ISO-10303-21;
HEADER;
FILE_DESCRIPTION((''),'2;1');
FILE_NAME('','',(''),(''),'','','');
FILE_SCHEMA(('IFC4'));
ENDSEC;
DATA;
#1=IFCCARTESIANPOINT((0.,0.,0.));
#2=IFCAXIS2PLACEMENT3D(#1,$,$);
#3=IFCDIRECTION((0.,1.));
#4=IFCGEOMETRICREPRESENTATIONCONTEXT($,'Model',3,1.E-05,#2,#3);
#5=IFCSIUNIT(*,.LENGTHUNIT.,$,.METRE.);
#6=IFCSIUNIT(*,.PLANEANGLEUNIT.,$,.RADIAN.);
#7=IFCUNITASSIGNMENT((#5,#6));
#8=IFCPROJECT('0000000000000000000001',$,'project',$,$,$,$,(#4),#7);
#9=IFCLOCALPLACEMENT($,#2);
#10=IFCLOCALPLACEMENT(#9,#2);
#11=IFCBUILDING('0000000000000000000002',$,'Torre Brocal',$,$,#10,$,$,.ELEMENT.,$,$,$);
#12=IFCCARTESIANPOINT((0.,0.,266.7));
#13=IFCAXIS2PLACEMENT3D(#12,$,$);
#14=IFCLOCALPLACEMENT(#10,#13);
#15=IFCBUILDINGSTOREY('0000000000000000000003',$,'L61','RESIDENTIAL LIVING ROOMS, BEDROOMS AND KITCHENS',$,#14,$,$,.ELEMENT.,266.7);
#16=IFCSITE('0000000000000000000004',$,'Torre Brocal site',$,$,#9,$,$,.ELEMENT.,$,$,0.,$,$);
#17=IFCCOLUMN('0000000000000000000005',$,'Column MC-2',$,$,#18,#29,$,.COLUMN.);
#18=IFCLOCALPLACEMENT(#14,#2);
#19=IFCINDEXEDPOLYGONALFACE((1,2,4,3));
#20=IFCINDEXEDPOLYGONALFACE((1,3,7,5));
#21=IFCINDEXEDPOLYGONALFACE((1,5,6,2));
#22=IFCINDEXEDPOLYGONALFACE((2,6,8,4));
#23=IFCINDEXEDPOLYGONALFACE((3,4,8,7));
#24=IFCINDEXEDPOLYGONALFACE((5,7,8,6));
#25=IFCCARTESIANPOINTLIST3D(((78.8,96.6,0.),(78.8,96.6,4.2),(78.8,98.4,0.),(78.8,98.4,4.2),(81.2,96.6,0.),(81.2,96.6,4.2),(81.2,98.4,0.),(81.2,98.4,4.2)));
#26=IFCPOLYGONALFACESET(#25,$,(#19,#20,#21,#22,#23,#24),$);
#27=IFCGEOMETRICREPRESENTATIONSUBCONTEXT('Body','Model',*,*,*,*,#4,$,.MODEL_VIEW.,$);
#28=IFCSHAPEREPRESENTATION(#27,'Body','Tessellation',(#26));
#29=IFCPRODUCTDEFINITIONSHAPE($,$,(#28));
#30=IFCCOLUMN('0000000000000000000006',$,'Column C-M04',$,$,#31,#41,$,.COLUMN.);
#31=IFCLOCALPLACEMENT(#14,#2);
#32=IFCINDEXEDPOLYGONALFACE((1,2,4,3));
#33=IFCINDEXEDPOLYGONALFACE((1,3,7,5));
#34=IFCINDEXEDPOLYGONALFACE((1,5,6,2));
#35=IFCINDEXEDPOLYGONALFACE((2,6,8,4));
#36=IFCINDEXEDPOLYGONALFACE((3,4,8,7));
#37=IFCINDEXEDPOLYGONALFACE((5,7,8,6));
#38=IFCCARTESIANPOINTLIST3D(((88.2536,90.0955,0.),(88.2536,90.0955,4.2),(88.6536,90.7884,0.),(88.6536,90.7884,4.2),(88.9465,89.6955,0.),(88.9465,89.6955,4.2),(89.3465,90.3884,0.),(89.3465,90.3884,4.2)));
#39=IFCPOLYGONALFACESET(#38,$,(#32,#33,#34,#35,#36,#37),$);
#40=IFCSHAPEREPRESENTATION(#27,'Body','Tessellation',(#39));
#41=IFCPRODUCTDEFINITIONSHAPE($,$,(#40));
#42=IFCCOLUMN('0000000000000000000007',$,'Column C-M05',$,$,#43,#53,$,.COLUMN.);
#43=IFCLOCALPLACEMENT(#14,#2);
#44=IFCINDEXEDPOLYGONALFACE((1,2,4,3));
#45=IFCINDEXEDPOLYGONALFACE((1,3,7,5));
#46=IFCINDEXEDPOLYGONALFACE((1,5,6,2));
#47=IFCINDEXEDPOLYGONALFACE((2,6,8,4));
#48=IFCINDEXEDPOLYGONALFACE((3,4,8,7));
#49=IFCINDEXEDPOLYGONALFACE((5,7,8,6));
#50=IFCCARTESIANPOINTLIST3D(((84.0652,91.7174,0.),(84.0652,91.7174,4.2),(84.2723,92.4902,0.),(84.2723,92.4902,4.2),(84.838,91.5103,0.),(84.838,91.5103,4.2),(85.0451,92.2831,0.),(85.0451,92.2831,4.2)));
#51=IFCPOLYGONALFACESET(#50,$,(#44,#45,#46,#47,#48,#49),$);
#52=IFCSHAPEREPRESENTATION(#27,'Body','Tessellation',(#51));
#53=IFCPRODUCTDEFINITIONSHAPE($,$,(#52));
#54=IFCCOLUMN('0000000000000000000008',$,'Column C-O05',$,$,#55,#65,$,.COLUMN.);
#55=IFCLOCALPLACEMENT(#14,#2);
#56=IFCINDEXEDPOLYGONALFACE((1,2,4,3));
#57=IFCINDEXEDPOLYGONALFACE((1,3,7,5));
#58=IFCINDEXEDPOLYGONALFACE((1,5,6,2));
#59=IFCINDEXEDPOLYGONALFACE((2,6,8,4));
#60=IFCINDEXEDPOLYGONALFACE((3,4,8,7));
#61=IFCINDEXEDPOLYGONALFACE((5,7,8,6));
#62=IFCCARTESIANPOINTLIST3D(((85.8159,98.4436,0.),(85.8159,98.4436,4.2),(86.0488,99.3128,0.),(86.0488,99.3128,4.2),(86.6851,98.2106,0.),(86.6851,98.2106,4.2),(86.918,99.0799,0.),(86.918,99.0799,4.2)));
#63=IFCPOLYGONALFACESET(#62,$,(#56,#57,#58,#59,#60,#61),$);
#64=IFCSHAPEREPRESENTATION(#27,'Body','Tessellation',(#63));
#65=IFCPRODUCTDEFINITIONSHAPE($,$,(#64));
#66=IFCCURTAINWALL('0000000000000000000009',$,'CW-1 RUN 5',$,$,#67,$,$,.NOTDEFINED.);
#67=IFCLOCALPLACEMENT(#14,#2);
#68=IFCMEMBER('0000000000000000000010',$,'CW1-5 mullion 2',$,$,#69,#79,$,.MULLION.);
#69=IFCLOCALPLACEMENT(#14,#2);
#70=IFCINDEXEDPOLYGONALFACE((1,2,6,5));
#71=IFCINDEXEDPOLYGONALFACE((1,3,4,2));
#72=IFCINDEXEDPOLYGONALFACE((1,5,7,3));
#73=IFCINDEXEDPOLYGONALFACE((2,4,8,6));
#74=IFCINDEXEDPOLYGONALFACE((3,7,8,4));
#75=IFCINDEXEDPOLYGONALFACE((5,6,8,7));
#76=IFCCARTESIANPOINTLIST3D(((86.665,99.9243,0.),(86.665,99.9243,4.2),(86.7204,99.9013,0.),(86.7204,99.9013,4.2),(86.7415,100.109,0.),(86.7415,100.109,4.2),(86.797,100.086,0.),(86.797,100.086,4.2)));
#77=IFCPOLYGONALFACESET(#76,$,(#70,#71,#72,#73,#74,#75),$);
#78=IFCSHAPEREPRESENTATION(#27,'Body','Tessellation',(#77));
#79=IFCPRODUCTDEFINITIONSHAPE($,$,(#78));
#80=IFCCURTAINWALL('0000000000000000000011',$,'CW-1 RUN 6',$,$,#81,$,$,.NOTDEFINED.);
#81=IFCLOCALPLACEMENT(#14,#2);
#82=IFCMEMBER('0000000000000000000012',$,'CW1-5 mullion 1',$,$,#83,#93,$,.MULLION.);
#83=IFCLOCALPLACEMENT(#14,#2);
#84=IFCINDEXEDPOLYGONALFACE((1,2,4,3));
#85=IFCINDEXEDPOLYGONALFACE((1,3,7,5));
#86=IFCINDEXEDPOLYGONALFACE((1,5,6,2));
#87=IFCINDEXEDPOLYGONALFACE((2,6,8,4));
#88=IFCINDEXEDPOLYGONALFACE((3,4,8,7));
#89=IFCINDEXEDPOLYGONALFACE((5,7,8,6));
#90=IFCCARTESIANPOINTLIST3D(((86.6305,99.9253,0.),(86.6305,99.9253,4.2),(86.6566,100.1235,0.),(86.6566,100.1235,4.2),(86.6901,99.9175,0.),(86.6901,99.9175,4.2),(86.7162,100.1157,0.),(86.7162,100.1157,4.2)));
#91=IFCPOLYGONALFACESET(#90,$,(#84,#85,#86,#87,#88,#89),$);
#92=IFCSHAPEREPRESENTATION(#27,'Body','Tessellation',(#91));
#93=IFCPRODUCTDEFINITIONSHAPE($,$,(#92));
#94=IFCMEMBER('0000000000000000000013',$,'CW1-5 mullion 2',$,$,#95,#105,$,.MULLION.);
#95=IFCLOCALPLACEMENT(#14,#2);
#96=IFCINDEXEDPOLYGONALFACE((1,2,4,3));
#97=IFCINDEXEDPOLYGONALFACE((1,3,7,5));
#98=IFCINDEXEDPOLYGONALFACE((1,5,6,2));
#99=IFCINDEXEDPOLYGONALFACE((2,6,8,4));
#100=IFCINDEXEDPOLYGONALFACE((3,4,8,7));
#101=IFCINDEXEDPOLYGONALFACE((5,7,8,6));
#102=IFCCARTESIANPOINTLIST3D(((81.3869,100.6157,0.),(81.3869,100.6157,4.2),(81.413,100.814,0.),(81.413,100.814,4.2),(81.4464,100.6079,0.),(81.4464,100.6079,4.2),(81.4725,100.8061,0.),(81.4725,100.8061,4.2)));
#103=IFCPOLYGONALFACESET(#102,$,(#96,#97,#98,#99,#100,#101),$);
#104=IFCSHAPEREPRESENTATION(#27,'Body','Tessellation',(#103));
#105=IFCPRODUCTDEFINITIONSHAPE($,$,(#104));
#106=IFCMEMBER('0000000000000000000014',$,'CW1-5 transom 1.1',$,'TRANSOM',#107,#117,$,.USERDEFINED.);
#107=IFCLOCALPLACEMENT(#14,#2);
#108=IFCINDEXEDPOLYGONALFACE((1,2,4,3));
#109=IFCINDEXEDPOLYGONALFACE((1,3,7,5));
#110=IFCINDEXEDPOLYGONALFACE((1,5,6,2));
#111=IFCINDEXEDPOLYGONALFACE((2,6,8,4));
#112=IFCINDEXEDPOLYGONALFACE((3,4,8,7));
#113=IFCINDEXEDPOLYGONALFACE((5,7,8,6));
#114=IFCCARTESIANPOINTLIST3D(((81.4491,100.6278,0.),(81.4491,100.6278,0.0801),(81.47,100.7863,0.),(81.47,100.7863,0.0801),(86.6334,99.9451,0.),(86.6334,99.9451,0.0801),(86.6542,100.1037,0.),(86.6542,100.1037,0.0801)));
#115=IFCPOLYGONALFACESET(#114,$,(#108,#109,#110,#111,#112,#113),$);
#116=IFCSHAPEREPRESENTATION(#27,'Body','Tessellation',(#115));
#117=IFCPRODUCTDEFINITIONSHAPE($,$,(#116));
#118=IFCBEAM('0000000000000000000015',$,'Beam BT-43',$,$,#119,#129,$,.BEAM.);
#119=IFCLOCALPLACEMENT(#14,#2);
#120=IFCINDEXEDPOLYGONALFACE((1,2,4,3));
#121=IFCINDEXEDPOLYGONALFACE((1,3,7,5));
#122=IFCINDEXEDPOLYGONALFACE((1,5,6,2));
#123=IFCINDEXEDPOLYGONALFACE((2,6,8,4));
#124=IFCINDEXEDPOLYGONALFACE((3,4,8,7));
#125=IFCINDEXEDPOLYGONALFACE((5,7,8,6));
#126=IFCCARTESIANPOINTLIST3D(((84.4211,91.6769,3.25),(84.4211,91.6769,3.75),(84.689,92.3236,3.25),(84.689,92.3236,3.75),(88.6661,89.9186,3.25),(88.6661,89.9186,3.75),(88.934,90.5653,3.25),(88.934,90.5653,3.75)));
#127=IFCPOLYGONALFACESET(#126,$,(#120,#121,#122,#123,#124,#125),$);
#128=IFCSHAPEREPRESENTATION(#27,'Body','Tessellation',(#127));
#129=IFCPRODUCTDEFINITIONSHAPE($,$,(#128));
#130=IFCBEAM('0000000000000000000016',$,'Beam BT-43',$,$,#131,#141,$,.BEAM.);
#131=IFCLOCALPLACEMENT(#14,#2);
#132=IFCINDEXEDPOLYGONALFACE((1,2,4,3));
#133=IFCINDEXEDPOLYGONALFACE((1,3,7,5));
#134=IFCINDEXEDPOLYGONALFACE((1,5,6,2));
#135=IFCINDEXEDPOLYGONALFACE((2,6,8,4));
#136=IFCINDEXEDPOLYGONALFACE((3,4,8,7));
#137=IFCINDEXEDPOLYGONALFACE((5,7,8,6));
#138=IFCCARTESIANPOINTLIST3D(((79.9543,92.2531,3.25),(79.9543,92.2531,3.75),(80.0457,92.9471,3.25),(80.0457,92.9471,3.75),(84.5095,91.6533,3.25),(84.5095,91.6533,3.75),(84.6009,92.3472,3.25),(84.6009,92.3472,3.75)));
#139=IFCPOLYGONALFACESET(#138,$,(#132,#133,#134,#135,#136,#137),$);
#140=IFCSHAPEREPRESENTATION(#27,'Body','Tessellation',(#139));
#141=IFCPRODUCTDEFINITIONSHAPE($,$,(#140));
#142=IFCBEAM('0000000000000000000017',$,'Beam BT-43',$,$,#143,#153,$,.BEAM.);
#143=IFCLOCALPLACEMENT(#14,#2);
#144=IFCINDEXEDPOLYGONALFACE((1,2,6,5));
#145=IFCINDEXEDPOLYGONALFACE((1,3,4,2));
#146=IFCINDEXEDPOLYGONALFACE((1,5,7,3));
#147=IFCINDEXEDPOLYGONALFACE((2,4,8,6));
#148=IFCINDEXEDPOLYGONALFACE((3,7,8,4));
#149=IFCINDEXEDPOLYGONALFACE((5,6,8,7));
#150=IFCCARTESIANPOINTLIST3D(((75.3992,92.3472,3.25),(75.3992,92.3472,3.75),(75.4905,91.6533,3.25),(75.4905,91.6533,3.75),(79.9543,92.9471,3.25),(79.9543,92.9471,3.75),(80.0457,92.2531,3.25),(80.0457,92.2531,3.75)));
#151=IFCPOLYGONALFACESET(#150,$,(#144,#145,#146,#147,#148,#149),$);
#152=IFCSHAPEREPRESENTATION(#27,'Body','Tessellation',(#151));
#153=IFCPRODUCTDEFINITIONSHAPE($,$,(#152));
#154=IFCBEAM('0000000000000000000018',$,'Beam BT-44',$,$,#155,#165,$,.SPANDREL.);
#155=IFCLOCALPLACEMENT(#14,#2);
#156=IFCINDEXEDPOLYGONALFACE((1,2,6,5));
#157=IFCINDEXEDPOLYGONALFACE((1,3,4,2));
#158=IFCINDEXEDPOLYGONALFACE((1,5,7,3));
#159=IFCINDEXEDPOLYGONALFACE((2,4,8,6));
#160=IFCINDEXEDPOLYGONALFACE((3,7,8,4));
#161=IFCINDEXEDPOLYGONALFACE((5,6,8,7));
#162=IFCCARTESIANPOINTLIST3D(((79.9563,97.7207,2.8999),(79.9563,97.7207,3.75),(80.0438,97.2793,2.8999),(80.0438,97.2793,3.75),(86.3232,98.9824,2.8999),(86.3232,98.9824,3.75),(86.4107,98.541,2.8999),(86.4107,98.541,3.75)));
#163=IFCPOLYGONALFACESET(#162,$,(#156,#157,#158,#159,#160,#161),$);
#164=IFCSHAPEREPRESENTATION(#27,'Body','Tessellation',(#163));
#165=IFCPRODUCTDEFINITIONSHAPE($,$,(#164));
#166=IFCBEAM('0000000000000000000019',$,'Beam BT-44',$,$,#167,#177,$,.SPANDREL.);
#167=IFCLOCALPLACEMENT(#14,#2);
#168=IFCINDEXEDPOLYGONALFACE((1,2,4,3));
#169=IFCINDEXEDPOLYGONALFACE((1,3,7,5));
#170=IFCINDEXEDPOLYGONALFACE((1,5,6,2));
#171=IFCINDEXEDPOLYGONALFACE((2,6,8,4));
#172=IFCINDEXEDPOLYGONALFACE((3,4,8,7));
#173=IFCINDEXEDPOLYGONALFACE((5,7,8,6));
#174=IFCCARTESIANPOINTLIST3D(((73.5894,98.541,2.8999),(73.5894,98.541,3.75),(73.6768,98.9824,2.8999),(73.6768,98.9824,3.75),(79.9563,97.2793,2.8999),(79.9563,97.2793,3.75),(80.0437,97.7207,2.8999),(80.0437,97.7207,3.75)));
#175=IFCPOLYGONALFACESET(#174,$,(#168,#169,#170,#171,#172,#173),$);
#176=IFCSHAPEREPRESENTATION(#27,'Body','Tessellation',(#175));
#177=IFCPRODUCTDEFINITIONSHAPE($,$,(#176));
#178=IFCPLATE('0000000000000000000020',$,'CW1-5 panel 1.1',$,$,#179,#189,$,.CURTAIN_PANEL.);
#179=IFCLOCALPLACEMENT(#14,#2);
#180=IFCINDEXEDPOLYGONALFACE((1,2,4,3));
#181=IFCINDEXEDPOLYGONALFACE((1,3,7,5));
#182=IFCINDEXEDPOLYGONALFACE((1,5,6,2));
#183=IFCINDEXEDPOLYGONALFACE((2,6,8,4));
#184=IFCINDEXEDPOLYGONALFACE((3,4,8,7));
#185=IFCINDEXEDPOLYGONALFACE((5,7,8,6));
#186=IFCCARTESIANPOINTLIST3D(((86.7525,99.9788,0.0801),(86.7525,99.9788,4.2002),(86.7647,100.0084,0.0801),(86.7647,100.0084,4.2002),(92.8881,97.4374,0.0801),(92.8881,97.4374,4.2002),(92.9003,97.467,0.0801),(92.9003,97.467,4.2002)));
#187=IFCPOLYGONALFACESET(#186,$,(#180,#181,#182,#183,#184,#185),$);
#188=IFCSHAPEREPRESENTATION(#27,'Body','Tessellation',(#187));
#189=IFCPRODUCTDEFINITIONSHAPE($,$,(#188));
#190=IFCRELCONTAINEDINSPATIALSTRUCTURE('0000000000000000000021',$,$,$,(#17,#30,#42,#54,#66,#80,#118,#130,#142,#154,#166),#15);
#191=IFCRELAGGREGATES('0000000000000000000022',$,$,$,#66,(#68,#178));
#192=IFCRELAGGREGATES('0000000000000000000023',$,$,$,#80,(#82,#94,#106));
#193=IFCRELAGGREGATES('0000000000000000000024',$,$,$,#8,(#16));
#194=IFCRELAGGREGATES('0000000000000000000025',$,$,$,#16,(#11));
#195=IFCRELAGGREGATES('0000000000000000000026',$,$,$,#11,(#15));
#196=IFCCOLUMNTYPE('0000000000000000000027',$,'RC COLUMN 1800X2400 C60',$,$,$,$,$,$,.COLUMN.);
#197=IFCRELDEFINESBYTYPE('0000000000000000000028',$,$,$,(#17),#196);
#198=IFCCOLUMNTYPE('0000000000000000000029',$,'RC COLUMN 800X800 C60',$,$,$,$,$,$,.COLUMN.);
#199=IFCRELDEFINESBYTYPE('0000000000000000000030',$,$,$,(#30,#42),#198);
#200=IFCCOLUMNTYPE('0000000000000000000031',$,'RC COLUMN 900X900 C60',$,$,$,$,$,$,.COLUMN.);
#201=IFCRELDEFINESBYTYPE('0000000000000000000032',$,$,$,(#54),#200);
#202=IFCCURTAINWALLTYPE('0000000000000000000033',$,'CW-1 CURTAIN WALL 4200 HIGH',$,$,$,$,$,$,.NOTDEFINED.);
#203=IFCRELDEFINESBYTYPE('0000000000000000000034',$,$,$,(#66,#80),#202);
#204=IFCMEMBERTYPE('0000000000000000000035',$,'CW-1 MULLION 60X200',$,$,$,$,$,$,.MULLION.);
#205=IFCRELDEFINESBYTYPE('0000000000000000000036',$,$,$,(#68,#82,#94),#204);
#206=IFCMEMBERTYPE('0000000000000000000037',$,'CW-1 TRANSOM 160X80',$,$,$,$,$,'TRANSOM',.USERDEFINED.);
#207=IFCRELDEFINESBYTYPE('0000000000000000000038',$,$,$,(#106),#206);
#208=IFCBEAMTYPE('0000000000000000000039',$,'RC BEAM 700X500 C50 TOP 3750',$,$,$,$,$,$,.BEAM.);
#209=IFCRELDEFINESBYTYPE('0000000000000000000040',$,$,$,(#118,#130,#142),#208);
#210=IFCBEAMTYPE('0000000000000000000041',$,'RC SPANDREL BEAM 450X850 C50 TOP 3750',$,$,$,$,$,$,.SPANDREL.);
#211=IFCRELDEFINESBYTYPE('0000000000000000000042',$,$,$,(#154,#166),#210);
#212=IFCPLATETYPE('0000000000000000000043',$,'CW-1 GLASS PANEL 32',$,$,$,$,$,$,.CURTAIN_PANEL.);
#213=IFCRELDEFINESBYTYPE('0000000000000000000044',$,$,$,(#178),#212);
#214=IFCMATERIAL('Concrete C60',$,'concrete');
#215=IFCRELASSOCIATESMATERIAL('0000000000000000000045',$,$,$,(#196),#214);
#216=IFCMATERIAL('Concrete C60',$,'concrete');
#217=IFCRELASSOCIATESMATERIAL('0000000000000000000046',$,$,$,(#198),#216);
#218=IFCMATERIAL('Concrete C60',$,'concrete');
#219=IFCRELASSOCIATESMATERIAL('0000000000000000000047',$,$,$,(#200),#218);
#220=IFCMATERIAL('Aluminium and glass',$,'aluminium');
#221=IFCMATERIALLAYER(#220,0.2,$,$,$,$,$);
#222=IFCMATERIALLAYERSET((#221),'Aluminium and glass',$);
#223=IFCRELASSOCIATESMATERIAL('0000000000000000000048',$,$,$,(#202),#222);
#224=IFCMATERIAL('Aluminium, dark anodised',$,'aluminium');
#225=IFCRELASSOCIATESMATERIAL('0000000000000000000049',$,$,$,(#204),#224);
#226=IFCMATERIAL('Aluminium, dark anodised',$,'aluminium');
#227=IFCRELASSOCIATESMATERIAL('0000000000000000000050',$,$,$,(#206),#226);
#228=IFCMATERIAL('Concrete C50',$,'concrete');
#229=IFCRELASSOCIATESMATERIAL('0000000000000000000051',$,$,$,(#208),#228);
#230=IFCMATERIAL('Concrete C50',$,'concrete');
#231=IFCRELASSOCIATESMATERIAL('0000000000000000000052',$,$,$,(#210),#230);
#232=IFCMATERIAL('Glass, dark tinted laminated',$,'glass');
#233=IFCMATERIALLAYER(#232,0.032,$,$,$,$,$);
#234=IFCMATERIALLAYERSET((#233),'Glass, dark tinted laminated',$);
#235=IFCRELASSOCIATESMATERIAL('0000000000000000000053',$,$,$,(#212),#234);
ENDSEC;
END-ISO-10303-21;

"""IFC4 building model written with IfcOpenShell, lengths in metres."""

from ifc_helpers import new_model, si_unit, direction, frame, origin, origin_2d, place, context, subcontext, project, spatial, rectangle, extrude, material, layer, layer_set, material_profile, profile_set, type_object, element, aggregate, save


model = new_model("IFC4")

# Units and contexts
model_context = context("Model", 3, precision=1e-05, world=origin(), true_north=direction((0.0, 1.0)))
body_context = subcontext(model_context, "Body", "Model", "MODEL_VIEW")
ifc_project = project(units=[si_unit("LENGTHUNIT", "METRE"), si_unit("PLANEANGLEUNIT", "RADIAN")], contexts=[model_context])

# Site, building, storey
site_placement = place(None, origin())
site = spatial("IfcSite", under=ifc_project, at=site_placement, Name="Torre Brocal site", CompositionType="ELEMENT", RefElevation=0.0)
building_placement = place(site_placement, origin())
building = spatial("IfcBuilding", under=site, at=building_placement, Name="Torre Brocal", CompositionType="ELEMENT")
storey_placement = place(building_placement, frame((0.0, 0.0, 266.7)))
storey = spatial("IfcBuildingStorey", under=building, at=storey_placement, Name="L61", Description="RESIDENTIAL LIVING ROOMS, BEDROOMS AND KITCHENS", CompositionType="ELEMENT", Elevation=266.7)

# Columns
ifc_material_1 = material(Name="Concrete C60", Category="concrete")
ifc_material_profile_1 = material_profile(ifc_material_1, rectangle(XDim=1.8, YDim=2.3999, at=origin_2d()), Name="RC 1800X2400")
ifc_profile_set_1 = profile_set([ifc_material_profile_1], Name="Concrete C60")
column_type_1 = type_object("IfcColumnType", Name="RC COLUMN 1800X2400 C60", PredefinedType="COLUMN", material=ifc_profile_set_1)
column_1_placement = place(storey_placement, frame((80.0, 97.5, 0.0), z_axis=(0.0, 0.0, 1.0), x_axis=(0.0, 1.0, 0.0)))
element("IfcColumn", 1, at=column_1_placement, inside=storey, type_object=column_type_1, Name="Column MC-2", PredefinedType="COLUMN", context=body_context, shape_type="SweptSolid", body=[
    extrude(rectangle(XDim=1.8, YDim=2.3999, at=origin_2d()), origin(), (0.0, 0.0, 1.0), 4.2),
])
ifc_material_2 = material(Name="Concrete C60", Category="concrete")
ifc_material_profile_2 = material_profile(ifc_material_2, rectangle(XDim=0.8, YDim=0.8, at=origin_2d()), Name="RC 800X800")
ifc_profile_set_2 = profile_set([ifc_material_profile_2], Name="Concrete C60")
column_type_2 = type_object("IfcColumnType", Name="RC COLUMN 800X800 C60", PredefinedType="COLUMN", material=ifc_profile_set_2)
for number, where, z_axis, x_axis, name in (
    (2, (88.8, 90.2419, 0.0), (0.0, 0.0, 1.0), (0.5, 0.866025, 0.0), "Column C-M04"),
    (3, (84.5552, 92.0002, 0.0), (0.0, 0.0, 1.0), (0.258819, 0.965926, 0.0), "Column C-M05"),
):
    element("IfcColumn", number, at=place(storey_placement, frame(where, z_axis=z_axis, x_axis=x_axis)), inside=storey, type_object=column_type_2, Name=name, PredefinedType="COLUMN", context=body_context, shape_type="SweptSolid", body=[
        extrude(rectangle(XDim=0.8, YDim=0.8, at=origin_2d()), origin(), (0.0, 0.0, 1.0), 4.2),
    ])
ifc_material_3 = material(Name="Concrete C60", Category="concrete")
ifc_material_profile_3 = material_profile(ifc_material_3, rectangle(XDim=0.8999, YDim=0.8999, at=origin_2d()), Name="RC 900X900")
ifc_profile_set_3 = profile_set([ifc_material_profile_3], Name="Concrete C60")
column_type_3 = type_object("IfcColumnType", Name="RC COLUMN 900X900 C60", PredefinedType="COLUMN", material=ifc_profile_set_3)
column_2_placement = place(storey_placement, frame((86.3669, 98.7617, 0.0), z_axis=(0.0, 0.0, 1.0), x_axis=(0.258819, 0.965926, 0.0)))
element("IfcColumn", 4, at=column_2_placement, inside=storey, type_object=column_type_3, Name="Column C-O05", PredefinedType="COLUMN", context=body_context, shape_type="SweptSolid", body=[
    extrude(rectangle(XDim=0.8999, YDim=0.8999, at=origin_2d()), origin(), (0.0, 0.0, 1.0), 4.2),
])

# Curtain wall, member
ifc_material_4 = material(Name="Aluminium and glass", Category="aluminium")
ifc_layer_1 = layer(ifc_material_4, 0.2)
ifc_layer_set_1 = layer_set([ifc_layer_1], Name="Aluminium and glass")
curtain_wall_type = type_object("IfcCurtainWallType", Name="CW-1 CURTAIN WALL 4200 HIGH", PredefinedType="NOTDEFINED", material=ifc_layer_set_1)
curtain_wall_1_placement = place(storey_placement, origin())
curtain_wall_1 = element("IfcCurtainWall", 5, at=curtain_wall_1_placement, inside=storey, type_object=curtain_wall_type, Name="CW-1 RUN 5", PredefinedType="NOTDEFINED")
ifc_material_5 = material(Name="Aluminium, dark anodised", Category="aluminium")
ifc_material_profile_4 = material_profile(ifc_material_5, rectangle(XDim=0.2, YDim=0.0601, at=origin_2d()), Name="CW-1 MULLION 60X200")
ifc_profile_set_4 = profile_set([ifc_material_profile_4], Name="Aluminium, dark anodised")
member_type_1 = type_object("IfcMemberType", Name="CW-1 MULLION 60X200", PredefinedType="MULLION", material=ifc_profile_set_4)
member_1_placement = place(storey_placement, frame((86.731, 100.0051, 0.0), z_axis=(0.0, 0.0, 1.0), x_axis=(-0.382683, -0.92388, 0.0)))
member_1 = element("IfcMember", 6, at=member_1_placement, type_object=member_type_1, Name="CW1-5 mullion 2", PredefinedType="MULLION", context=body_context, shape_type="SweptSolid", body=[
    extrude(rectangle(XDim=0.2, YDim=0.0601, at=origin_2d()), origin(), (0.0, 0.0, 1.0), 4.2),
])

# Curtain wall, members
curtain_wall_2_placement = place(storey_placement, origin())
curtain_wall_2 = element("IfcCurtainWall", 7, at=curtain_wall_2_placement, inside=storey, type_object=curtain_wall_type, Name="CW-1 RUN 6", PredefinedType="NOTDEFINED")
member_2_placement = place(storey_placement, frame((86.6733, 100.0205, 0.0), z_axis=(0.0, 0.0, 1.0), x_axis=(-0.130526, -0.991445, 0.0)))
member_2 = element("IfcMember", 8, at=member_2_placement, type_object=member_type_1, Name="CW1-5 mullion 1", PredefinedType="MULLION", context=body_context, shape_type="SweptSolid", body=[
    extrude(rectangle(XDim=0.2, YDim=0.0601, at=origin_2d()), origin(), (0.0, 0.0, 1.0), 4.2),
])
member_3_placement = place(storey_placement, frame((81.4297, 100.7109, 0.0), z_axis=(0.0, 0.0, 1.0), x_axis=(-0.130526, -0.991445, 0.0)))
member_3 = element("IfcMember", 9, at=member_3_placement, type_object=member_type_1, Name="CW1-5 mullion 2", PredefinedType="MULLION", context=body_context, shape_type="SweptSolid", body=[
    extrude(rectangle(XDim=0.2, YDim=0.0601, at=origin_2d()), origin(), (0.0, 0.0, 1.0), 4.2),
])
ifc_material_6 = material(Name="Aluminium, dark anodised", Category="aluminium")
ifc_material_profile_5 = material_profile(ifc_material_6, rectangle(XDim=0.1599, YDim=0.0801, at=origin_2d()), Name="CW-1 TRANSOM 160X80")
ifc_profile_set_5 = profile_set([ifc_material_profile_5], Name="Aluminium, dark anodised")
member_type_2 = type_object("IfcMemberType", Name="CW-1 TRANSOM 160X80", ElementType="TRANSOM", PredefinedType="USERDEFINED", material=ifc_profile_set_5)
member_4_placement = place(storey_placement, frame((86.6438, 100.0244, 0.04), z_axis=(-0.991443, 0.130543, 0.0), x_axis=(-0.130543, -0.991443, 0.0)))
member_4 = element("IfcMember", 10, at=member_4_placement, type_object=member_type_2, Name="CW1-5 transom 1.1", ObjectType="TRANSOM", PredefinedType="USERDEFINED", context=body_context, shape_type="SweptSolid", body=[
    extrude(rectangle(XDim=0.1599, YDim=0.0801, at=origin_2d()), origin(), (0.0, 0.0, 1.0), 5.229),
])

# Beams
ifc_material_7 = material(Name="Concrete C50", Category="concrete")
ifc_material_profile_6 = material_profile(ifc_material_7, rectangle(XDim=0.7, YDim=0.5, at=origin_2d()), Name="RC 700X500")
ifc_profile_set_6 = profile_set([ifc_material_profile_6], Name="Concrete C50")
beam_type_1 = type_object("IfcBeamType", Name="RC BEAM 700X500 C50 TOP 3750", PredefinedType="BEAM", material=ifc_profile_set_6)
beam_placement = place(storey_placement, frame((88.8, 90.2419, 3.5), z_axis=(-0.923878, 0.382687, 0.0), x_axis=(-0.382687, -0.923878, 0.0)))
element("IfcBeam", 11, at=beam_placement, inside=storey, type_object=beam_type_1, Name="Beam BT-43", PredefinedType="BEAM", context=body_context, shape_type="SweptSolid", body=[
    extrude(rectangle(XDim=0.7, YDim=0.5, at=origin_2d()), origin(), (0.0, 0.0, 1.0), 4.5947),
])
for number, where, z_axis, x_axis, name in (
    (12, (84.5552, 92.0002, 3.5), (-0.991441, 0.130559, 0.0), (-0.130559, -0.991441, 0.0), "Beam BT-43"),
    (13, (80.0, 92.6001, 3.5), (-0.991441, -0.130559, 0.0), (0.130559, -0.991441, 0.0), "Beam BT-43"),
):
    element("IfcBeam", number, at=place(storey_placement, frame(where, z_axis=z_axis, x_axis=x_axis)), inside=storey, type_object=beam_type_1, Name=name, PredefinedType="BEAM", context=body_context, shape_type="SweptSolid", body=[
        extrude(rectangle(XDim=0.7, YDim=0.5, at=origin_2d()), origin(), (0.0, 0.0, 1.0), 4.5945),
    ])
ifc_material_8 = material(Name="Concrete C50", Category="concrete")
ifc_material_profile_7 = material_profile(ifc_material_8, rectangle(XDim=0.45, YDim=0.8501, at=origin_2d()), Name="RC 450X850")
ifc_profile_set_7 = profile_set([ifc_material_profile_7], Name="Concrete C50")
beam_type_2 = type_object("IfcBeamType", Name="RC SPANDREL BEAM 450X850 C50 TOP 3750", PredefinedType="SPANDREL", material=ifc_profile_set_7)
for number, where, z_axis, x_axis, name in (
    (14, (86.3669, 98.7617, 3.325), (-0.980925, -0.194387, 0.0), (0.194387, -0.980925, 0.0), "Beam BT-44"),
    (15, (80.0, 97.5, 3.325), (-0.980925, 0.194387, 0.0), (-0.194387, -0.980925, 0.0), "Beam BT-44"),
):
    element("IfcBeam", number, at=place(storey_placement, frame(where, z_axis=z_axis, x_axis=x_axis)), inside=storey, type_object=beam_type_2, Name=name, PredefinedType="SPANDREL", context=body_context, shape_type="SweptSolid", body=[
        extrude(rectangle(XDim=0.45, YDim=0.8501, at=origin_2d()), origin(), (0.0, 0.0, 1.0), 6.4907),
    ])

# Plate
ifc_material_9 = material(Name="Glass, dark tinted laminated", Category="glass")
ifc_layer_2 = layer(ifc_material_9, 0.032)
ifc_layer_set_2 = layer_set([ifc_layer_2], Name="Glass, dark tinted laminated")
plate_type = type_object("IfcPlateType", Name="CW-1 GLASS PANEL 32", PredefinedType="CURTAIN_PANEL", material=ifc_layer_set_2)
plate_1_placement = place(storey_placement, frame((89.8264, 98.7229, 0.0801), z_axis=(0.0, 0.0, 1.0), x_axis=(-0.92388, 0.382683, 0.0)))
plate_1 = element("IfcPlate", 16, at=plate_1_placement, type_object=plate_type, Name="CW1-5 panel 1.1", PredefinedType="CURTAIN_PANEL", context=body_context, shape_type="SweptSolid", body=[
    extrude(rectangle(XDim=6.6411, YDim=0.032, at=origin_2d()), origin(), (0.0, 0.0, 1.0), 4.1201),
])
aggregate(curtain_wall_1, [member_1, plate_1])
aggregate(curtain_wall_2, [member_2, member_3, member_4])

save(model, "model.ifc")
